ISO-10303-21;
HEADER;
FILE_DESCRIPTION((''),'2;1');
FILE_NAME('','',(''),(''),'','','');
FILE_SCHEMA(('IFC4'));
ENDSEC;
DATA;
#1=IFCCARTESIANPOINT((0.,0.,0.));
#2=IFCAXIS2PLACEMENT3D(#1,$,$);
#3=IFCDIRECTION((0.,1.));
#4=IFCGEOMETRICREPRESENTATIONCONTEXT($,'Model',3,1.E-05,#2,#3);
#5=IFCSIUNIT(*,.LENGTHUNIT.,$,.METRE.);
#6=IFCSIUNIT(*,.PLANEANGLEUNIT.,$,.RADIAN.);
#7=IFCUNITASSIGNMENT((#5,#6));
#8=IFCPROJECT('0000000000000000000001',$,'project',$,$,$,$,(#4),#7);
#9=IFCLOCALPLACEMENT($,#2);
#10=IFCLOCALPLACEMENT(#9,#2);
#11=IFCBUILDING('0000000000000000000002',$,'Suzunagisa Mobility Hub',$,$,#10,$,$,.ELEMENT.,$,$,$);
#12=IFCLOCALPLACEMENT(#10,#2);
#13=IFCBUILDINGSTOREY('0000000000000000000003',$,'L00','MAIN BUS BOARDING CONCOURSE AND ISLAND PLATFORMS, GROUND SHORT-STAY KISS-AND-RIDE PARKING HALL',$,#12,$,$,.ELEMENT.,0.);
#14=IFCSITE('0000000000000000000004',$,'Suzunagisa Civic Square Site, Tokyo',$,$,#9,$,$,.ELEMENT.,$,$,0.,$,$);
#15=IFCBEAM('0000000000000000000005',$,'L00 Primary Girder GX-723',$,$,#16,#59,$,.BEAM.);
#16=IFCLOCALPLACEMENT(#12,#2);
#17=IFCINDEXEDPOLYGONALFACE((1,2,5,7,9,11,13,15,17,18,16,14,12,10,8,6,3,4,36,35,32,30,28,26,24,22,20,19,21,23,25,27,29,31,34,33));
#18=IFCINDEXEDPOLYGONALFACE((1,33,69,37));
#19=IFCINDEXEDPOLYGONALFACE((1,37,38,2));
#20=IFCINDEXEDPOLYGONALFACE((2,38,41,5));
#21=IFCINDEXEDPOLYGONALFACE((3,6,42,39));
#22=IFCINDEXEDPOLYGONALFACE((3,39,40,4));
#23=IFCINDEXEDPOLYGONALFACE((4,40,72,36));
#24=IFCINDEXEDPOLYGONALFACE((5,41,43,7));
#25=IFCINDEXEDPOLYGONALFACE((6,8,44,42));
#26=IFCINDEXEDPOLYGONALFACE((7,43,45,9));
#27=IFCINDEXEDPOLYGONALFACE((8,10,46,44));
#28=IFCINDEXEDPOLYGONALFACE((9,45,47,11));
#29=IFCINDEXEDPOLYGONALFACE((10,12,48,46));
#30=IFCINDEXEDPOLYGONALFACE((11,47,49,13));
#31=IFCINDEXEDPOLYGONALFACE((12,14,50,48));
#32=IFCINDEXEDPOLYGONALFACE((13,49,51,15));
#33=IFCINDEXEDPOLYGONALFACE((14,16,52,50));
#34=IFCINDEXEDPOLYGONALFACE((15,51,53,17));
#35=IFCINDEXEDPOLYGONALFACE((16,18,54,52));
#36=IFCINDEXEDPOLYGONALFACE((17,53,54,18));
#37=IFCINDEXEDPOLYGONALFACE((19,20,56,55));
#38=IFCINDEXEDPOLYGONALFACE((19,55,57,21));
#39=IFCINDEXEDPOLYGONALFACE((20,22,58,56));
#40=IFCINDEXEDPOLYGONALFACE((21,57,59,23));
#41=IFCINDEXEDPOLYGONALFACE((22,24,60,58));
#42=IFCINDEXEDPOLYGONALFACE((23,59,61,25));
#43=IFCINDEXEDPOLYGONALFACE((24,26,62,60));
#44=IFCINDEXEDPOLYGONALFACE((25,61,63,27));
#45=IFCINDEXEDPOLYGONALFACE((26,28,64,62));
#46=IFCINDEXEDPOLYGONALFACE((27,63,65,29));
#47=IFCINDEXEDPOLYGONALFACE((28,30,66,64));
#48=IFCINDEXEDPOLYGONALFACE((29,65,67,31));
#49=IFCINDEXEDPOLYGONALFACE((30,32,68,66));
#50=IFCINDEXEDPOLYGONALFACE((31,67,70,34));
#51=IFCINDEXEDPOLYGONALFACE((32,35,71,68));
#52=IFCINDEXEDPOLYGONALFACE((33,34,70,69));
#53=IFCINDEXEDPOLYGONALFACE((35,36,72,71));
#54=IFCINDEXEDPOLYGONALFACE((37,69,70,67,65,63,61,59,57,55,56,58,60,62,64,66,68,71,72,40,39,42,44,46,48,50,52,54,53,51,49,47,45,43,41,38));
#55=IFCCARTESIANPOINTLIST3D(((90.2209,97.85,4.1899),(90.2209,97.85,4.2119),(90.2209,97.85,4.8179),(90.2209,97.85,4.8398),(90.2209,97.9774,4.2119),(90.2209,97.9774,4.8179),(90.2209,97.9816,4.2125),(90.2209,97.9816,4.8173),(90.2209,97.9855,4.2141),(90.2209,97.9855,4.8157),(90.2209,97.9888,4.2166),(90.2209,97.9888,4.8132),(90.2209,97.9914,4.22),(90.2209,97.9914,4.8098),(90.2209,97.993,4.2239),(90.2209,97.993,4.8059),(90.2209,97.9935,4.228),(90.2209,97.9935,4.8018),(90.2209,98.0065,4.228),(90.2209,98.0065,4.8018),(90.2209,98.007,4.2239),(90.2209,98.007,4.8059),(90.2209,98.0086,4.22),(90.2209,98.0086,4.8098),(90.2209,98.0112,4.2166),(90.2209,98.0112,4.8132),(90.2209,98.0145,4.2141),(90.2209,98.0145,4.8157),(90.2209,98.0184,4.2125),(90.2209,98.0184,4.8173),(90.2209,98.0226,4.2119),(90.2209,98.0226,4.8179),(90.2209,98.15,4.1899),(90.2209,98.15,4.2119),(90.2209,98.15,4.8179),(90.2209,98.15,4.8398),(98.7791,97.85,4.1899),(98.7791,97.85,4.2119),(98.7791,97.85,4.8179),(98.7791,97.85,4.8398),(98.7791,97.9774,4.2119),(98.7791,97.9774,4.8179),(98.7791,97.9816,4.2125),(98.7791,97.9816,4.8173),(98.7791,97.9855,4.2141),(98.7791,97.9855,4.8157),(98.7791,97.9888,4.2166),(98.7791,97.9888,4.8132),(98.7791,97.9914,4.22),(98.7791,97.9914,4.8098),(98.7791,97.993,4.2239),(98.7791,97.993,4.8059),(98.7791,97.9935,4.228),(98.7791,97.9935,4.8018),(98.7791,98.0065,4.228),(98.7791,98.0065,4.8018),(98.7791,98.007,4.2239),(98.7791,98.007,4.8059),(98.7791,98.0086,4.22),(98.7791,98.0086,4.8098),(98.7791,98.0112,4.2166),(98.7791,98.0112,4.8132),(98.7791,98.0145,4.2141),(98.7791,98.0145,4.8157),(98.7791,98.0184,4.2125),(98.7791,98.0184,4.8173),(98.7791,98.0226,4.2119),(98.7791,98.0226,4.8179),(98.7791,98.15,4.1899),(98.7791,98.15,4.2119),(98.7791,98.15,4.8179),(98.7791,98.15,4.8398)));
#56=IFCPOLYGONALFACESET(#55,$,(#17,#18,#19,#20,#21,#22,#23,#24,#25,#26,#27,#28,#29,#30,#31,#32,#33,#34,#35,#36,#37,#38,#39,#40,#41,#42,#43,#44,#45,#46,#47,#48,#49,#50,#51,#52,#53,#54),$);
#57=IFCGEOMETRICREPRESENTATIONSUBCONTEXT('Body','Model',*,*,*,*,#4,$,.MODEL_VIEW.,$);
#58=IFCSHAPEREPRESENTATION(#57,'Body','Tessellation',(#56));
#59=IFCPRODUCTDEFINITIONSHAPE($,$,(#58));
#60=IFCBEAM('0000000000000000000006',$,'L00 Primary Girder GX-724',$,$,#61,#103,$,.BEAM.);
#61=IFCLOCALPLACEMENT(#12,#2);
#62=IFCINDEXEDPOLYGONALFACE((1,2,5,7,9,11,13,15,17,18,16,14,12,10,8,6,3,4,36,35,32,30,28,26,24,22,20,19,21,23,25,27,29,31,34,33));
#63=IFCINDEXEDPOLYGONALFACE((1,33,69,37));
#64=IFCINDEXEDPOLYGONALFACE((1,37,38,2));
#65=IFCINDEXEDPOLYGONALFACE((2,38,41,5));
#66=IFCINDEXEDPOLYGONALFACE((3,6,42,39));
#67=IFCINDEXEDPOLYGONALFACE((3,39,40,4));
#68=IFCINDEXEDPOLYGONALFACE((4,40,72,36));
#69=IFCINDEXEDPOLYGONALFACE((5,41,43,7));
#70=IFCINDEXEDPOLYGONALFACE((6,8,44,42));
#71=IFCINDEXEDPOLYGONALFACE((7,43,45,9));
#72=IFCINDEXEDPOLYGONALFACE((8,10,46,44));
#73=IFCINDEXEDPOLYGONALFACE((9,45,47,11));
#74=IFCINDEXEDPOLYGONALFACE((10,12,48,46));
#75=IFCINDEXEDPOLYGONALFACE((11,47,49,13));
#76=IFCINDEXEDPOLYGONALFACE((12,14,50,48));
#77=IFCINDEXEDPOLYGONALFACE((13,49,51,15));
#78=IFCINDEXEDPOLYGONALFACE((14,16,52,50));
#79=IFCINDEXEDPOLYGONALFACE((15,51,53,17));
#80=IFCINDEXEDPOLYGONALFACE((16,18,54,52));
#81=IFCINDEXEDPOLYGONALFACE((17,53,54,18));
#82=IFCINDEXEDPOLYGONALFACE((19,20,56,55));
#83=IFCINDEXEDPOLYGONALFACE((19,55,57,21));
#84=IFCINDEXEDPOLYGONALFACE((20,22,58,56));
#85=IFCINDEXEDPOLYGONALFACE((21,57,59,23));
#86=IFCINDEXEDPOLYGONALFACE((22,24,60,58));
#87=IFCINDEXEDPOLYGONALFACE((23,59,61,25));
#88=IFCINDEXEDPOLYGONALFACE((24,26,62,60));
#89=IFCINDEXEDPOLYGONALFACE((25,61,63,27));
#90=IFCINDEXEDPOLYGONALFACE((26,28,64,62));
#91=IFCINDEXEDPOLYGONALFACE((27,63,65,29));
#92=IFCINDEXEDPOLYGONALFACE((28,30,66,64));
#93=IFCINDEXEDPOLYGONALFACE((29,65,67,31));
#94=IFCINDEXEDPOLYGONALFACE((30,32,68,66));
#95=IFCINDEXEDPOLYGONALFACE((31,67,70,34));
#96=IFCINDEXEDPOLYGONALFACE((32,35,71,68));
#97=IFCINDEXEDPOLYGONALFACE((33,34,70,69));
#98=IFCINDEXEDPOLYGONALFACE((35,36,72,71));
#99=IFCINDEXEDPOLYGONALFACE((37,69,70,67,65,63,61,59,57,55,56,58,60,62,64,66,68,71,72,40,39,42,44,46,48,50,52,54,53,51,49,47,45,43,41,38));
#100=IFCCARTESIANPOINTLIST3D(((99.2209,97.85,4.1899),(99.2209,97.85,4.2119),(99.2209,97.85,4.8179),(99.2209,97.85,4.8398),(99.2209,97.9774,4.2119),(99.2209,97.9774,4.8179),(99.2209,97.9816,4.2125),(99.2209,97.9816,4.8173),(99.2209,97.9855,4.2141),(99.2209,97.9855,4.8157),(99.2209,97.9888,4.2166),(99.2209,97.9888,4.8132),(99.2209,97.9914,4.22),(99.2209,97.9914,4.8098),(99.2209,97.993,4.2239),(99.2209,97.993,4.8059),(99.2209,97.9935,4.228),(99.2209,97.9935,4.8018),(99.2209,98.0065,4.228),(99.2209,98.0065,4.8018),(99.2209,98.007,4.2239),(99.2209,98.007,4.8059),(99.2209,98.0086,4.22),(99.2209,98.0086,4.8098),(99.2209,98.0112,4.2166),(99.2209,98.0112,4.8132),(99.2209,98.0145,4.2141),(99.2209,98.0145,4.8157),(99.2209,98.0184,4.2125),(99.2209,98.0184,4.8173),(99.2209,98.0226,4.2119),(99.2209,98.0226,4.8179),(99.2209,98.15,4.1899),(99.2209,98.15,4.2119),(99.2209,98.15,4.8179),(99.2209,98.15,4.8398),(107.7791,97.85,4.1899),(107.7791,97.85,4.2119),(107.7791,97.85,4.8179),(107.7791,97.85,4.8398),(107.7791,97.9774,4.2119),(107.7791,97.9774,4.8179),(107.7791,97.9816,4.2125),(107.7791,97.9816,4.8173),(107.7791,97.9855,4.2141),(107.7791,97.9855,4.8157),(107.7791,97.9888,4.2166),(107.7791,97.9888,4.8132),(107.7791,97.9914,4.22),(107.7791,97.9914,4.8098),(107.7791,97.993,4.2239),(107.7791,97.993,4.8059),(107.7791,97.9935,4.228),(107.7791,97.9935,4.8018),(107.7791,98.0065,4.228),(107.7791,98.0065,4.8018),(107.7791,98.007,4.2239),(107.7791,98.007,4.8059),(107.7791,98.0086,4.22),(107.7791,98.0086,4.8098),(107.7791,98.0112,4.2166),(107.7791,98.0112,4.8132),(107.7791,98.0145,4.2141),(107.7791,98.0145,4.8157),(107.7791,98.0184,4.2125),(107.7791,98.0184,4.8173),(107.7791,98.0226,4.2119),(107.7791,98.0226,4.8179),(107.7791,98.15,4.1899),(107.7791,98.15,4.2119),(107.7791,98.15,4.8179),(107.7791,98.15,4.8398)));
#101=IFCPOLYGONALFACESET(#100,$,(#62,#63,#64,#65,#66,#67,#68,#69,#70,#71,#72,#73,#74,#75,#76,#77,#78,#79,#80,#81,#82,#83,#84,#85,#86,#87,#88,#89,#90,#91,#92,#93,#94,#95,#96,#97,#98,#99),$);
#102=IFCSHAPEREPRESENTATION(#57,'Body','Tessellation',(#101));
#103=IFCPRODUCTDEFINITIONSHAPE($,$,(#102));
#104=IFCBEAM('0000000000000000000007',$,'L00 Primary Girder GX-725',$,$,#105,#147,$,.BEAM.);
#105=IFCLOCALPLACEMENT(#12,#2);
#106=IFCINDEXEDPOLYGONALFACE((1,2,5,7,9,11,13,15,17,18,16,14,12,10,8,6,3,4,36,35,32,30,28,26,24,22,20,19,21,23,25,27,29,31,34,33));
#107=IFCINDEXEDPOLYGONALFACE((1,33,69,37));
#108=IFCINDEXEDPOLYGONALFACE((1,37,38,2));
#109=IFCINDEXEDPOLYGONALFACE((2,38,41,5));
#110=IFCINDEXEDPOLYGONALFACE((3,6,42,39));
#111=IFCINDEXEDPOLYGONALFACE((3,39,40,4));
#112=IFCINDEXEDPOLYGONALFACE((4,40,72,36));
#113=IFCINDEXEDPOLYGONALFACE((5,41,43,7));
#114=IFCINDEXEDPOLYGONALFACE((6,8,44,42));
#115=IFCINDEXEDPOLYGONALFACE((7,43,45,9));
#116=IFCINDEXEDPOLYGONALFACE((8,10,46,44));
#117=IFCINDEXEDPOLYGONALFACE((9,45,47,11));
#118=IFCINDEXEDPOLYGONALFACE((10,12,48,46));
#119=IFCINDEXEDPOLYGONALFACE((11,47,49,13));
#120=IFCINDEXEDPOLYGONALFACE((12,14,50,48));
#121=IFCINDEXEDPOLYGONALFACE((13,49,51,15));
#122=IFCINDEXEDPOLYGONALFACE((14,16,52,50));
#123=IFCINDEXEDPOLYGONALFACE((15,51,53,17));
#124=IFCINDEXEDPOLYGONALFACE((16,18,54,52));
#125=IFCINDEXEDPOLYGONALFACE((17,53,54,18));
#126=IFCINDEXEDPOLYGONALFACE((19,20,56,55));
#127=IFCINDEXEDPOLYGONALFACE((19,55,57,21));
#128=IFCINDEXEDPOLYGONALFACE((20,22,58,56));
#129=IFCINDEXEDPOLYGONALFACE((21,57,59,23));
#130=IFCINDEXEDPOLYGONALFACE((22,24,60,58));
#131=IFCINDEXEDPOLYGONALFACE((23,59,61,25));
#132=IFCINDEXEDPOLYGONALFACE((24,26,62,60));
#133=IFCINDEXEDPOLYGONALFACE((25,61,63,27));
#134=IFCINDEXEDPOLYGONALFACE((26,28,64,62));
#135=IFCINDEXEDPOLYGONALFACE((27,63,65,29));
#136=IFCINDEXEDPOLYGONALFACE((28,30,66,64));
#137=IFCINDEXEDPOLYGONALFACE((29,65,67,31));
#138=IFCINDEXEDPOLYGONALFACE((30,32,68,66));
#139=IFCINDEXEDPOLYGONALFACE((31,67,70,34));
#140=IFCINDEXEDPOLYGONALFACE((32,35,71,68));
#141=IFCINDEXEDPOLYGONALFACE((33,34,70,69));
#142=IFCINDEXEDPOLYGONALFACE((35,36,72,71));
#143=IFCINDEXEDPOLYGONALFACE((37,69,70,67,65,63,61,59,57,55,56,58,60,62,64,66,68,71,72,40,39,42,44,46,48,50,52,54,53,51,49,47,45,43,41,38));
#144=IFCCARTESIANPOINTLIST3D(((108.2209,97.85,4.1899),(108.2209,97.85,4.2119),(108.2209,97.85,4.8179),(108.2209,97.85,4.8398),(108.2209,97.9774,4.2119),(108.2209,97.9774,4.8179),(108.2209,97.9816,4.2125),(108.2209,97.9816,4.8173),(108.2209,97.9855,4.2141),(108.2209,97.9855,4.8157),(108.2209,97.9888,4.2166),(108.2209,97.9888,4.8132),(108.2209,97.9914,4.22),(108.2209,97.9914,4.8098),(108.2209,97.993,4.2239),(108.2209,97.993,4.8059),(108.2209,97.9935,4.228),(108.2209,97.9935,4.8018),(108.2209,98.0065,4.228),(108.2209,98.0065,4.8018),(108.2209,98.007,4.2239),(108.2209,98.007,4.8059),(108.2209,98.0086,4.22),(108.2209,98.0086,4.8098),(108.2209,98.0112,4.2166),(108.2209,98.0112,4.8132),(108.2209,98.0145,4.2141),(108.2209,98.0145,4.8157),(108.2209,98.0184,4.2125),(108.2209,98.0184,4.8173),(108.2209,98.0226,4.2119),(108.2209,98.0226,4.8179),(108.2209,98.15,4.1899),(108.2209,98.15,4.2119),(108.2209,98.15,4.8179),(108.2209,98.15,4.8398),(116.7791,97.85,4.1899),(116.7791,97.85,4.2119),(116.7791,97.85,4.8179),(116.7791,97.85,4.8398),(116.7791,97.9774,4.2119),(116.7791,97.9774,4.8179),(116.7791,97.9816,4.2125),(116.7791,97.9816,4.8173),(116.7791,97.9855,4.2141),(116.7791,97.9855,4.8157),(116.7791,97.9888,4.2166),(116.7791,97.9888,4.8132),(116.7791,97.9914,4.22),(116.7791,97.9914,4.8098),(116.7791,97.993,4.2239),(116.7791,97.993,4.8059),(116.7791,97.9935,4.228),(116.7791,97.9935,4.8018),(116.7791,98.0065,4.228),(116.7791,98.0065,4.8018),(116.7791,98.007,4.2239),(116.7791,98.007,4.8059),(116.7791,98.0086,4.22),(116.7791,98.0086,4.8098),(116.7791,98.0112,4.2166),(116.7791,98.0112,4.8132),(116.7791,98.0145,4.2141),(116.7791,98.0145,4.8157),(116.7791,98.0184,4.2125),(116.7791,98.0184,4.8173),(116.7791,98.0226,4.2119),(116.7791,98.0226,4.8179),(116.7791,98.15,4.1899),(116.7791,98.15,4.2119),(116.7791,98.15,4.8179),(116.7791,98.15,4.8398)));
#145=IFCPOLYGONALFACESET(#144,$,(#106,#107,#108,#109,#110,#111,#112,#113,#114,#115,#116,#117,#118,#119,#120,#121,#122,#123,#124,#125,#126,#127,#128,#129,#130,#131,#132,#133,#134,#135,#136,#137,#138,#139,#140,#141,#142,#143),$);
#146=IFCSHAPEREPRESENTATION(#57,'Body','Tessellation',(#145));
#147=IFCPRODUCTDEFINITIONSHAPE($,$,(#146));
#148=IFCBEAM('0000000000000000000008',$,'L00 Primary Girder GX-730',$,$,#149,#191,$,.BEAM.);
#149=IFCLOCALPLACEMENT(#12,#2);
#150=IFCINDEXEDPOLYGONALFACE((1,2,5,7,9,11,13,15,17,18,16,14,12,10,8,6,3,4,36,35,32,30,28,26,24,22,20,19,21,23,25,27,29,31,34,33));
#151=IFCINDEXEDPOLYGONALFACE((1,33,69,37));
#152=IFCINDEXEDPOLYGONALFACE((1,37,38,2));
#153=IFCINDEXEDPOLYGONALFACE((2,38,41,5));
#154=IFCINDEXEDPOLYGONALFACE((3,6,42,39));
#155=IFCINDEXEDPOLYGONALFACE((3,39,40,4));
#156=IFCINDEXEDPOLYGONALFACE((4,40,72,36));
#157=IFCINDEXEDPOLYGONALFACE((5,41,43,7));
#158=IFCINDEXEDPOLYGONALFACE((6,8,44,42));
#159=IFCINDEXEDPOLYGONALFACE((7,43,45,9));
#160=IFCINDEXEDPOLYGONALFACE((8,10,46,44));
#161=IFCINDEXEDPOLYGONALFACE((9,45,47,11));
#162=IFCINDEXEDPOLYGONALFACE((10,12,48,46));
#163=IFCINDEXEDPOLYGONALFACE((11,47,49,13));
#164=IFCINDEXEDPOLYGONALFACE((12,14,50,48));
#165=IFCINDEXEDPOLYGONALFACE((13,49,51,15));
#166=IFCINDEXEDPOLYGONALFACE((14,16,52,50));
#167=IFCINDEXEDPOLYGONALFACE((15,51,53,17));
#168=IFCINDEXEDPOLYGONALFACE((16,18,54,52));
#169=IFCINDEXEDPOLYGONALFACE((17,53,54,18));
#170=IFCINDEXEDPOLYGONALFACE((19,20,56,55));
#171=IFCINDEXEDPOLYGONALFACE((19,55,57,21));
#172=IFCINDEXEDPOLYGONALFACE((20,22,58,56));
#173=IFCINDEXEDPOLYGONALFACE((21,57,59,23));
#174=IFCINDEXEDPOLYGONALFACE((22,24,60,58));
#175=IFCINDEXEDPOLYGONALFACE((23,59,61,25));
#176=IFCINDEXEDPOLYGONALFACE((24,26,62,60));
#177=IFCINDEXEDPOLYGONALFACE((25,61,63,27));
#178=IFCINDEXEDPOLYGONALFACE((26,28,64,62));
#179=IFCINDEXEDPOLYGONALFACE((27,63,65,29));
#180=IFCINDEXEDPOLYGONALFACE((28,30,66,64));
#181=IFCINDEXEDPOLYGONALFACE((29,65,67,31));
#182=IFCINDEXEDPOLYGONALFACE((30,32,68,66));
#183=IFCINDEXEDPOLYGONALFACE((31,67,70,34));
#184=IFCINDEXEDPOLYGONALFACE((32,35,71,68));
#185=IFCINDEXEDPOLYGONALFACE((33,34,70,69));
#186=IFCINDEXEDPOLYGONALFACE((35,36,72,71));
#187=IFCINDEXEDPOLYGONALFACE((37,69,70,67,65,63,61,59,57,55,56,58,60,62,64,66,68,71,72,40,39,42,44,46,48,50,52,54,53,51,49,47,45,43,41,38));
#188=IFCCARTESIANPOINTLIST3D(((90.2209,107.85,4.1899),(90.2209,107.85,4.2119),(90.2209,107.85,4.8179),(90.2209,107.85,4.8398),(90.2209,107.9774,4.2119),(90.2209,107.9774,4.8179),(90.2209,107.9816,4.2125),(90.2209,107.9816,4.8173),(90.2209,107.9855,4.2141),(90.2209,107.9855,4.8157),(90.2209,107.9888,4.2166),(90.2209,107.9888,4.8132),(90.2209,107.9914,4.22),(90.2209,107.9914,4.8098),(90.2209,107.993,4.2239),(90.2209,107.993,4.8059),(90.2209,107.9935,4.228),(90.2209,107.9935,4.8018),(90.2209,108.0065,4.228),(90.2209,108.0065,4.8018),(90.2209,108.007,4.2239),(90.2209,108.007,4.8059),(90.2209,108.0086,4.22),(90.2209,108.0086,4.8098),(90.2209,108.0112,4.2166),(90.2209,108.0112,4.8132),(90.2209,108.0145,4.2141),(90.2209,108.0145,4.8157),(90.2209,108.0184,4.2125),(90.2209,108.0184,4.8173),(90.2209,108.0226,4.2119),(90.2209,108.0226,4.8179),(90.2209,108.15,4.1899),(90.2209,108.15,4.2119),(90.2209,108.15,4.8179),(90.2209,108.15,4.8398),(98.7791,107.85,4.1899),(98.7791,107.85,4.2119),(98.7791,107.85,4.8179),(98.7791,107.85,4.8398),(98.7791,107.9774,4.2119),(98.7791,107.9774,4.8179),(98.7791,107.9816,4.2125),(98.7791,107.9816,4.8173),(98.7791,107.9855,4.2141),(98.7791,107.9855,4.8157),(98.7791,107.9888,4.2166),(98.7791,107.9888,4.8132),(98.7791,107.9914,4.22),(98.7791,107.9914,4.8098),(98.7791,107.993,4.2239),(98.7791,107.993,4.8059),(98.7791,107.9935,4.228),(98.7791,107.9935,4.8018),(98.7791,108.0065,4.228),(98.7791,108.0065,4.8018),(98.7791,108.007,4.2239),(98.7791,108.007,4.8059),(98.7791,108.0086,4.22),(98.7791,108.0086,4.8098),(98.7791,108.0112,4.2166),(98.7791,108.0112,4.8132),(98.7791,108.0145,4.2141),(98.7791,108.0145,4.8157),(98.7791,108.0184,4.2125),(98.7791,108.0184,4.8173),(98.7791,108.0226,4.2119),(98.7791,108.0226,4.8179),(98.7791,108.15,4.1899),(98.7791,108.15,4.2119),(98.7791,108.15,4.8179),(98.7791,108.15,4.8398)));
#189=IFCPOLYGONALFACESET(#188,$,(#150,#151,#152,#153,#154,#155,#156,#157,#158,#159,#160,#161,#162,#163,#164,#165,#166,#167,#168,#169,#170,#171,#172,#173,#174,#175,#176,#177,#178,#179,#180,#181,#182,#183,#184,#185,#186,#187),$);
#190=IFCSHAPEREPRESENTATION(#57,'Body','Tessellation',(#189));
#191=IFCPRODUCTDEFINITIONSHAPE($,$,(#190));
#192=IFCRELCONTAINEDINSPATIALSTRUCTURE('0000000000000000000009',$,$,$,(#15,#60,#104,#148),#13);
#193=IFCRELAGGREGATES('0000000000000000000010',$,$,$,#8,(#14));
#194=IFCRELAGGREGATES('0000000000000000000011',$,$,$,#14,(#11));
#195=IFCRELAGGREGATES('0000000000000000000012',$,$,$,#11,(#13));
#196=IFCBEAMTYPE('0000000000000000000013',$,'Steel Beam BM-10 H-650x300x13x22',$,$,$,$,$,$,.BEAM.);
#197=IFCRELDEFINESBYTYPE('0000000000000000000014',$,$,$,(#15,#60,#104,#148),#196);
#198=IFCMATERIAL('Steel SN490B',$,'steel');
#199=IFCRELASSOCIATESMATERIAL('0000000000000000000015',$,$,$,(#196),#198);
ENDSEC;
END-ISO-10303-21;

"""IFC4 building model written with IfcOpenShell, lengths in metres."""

from ifc_helpers import new_model, si_unit, direction, frame, origin, origin_2d, place, context, subcontext, project, spatial, i_section, extrude, material, material_profile, profile_set, type_object, element, save


model = new_model("IFC4")

# Units and contexts
model_context = context("Model", 3, precision=1e-05, world=origin(), true_north=direction((0.0, 1.0)))
body_context = subcontext(model_context, "Body", "Model", "MODEL_VIEW")
ifc_project = project(units=[si_unit("LENGTHUNIT", "METRE"), si_unit("PLANEANGLEUNIT", "RADIAN")], contexts=[model_context])

# Site, building, storey
site_placement = place(None, origin())
site = spatial("IfcSite", under=ifc_project, at=site_placement, Name="Suzunagisa Civic Square Site, Tokyo", CompositionType="ELEMENT", RefElevation=0.0)
building_placement = place(site_placement, origin())
building = spatial("IfcBuilding", under=site, at=building_placement, Name="Suzunagisa Mobility Hub", CompositionType="ELEMENT")
storey_placement = place(building_placement, origin())
storey = spatial("IfcBuildingStorey", under=building, at=storey_placement, Name="L00", Description="MAIN BUS BOARDING CONCOURSE AND ISLAND PLATFORMS, GROUND SHORT-STAY KISS-AND-RIDE PARKING HALL", CompositionType="ELEMENT", Elevation=0.0)

# Shared definitions
ifc_material_1 = material(Name="Steel SN490B", Category="steel")

# Beams
ifc_material_profile_1 = material_profile(ifc_material_1, i_section(OverallWidth=0.3, OverallDepth=0.6499, WebThickness=0.0129, FlangeThickness=0.022, FilletRadius=0.0161, at=origin_2d()), Name="H-650x300x13x22")
ifc_profile_set_1 = profile_set([ifc_material_profile_1], Name="Steel SN490B")
beam_type_1 = type_object("IfcBeamType", Name="Steel Beam BM-10 H-650x300x13x22", PredefinedType="BEAM", material=ifc_profile_set_1)
for number, where, z_axis, x_axis, name in (
    (1, (90.2209, 98.0, 4.5149), (1.0, 0.0, 0.0), (0.0, 1.0, 0.0), "L00 Primary Girder GX-723"),
    (2, (99.2209, 98.0, 4.5149), (1.0, 0.0, 0.0), (0.0, 1.0, 0.0), "L00 Primary Girder GX-724"),
    (3, (108.2209, 98.0, 4.5149), (1.0, 0.0, 0.0), (0.0, 1.0, 0.0), "L00 Primary Girder GX-725"),
    (4, (90.2209, 108.0, 4.5149), (1.0, 0.0, 0.0), (0.0, 1.0, 0.0), "L00 Primary Girder GX-730"),
):
    element("IfcBeam", number, at=place(storey_placement, frame(where, z_axis=z_axis, x_axis=x_axis)), inside=storey, type_object=beam_type_1, Name=name, PredefinedType="BEAM", context=body_context, shape_type="SweptSolid", body=[
        extrude(i_section(OverallWidth=0.3, OverallDepth=0.6499, WebThickness=0.0129, FlangeThickness=0.022, FilletRadius=0.0161, at=origin_2d()), origin(), (0.0, 0.0, 1.0), 8.5581),
    ])

save(model, "model.ifc")
